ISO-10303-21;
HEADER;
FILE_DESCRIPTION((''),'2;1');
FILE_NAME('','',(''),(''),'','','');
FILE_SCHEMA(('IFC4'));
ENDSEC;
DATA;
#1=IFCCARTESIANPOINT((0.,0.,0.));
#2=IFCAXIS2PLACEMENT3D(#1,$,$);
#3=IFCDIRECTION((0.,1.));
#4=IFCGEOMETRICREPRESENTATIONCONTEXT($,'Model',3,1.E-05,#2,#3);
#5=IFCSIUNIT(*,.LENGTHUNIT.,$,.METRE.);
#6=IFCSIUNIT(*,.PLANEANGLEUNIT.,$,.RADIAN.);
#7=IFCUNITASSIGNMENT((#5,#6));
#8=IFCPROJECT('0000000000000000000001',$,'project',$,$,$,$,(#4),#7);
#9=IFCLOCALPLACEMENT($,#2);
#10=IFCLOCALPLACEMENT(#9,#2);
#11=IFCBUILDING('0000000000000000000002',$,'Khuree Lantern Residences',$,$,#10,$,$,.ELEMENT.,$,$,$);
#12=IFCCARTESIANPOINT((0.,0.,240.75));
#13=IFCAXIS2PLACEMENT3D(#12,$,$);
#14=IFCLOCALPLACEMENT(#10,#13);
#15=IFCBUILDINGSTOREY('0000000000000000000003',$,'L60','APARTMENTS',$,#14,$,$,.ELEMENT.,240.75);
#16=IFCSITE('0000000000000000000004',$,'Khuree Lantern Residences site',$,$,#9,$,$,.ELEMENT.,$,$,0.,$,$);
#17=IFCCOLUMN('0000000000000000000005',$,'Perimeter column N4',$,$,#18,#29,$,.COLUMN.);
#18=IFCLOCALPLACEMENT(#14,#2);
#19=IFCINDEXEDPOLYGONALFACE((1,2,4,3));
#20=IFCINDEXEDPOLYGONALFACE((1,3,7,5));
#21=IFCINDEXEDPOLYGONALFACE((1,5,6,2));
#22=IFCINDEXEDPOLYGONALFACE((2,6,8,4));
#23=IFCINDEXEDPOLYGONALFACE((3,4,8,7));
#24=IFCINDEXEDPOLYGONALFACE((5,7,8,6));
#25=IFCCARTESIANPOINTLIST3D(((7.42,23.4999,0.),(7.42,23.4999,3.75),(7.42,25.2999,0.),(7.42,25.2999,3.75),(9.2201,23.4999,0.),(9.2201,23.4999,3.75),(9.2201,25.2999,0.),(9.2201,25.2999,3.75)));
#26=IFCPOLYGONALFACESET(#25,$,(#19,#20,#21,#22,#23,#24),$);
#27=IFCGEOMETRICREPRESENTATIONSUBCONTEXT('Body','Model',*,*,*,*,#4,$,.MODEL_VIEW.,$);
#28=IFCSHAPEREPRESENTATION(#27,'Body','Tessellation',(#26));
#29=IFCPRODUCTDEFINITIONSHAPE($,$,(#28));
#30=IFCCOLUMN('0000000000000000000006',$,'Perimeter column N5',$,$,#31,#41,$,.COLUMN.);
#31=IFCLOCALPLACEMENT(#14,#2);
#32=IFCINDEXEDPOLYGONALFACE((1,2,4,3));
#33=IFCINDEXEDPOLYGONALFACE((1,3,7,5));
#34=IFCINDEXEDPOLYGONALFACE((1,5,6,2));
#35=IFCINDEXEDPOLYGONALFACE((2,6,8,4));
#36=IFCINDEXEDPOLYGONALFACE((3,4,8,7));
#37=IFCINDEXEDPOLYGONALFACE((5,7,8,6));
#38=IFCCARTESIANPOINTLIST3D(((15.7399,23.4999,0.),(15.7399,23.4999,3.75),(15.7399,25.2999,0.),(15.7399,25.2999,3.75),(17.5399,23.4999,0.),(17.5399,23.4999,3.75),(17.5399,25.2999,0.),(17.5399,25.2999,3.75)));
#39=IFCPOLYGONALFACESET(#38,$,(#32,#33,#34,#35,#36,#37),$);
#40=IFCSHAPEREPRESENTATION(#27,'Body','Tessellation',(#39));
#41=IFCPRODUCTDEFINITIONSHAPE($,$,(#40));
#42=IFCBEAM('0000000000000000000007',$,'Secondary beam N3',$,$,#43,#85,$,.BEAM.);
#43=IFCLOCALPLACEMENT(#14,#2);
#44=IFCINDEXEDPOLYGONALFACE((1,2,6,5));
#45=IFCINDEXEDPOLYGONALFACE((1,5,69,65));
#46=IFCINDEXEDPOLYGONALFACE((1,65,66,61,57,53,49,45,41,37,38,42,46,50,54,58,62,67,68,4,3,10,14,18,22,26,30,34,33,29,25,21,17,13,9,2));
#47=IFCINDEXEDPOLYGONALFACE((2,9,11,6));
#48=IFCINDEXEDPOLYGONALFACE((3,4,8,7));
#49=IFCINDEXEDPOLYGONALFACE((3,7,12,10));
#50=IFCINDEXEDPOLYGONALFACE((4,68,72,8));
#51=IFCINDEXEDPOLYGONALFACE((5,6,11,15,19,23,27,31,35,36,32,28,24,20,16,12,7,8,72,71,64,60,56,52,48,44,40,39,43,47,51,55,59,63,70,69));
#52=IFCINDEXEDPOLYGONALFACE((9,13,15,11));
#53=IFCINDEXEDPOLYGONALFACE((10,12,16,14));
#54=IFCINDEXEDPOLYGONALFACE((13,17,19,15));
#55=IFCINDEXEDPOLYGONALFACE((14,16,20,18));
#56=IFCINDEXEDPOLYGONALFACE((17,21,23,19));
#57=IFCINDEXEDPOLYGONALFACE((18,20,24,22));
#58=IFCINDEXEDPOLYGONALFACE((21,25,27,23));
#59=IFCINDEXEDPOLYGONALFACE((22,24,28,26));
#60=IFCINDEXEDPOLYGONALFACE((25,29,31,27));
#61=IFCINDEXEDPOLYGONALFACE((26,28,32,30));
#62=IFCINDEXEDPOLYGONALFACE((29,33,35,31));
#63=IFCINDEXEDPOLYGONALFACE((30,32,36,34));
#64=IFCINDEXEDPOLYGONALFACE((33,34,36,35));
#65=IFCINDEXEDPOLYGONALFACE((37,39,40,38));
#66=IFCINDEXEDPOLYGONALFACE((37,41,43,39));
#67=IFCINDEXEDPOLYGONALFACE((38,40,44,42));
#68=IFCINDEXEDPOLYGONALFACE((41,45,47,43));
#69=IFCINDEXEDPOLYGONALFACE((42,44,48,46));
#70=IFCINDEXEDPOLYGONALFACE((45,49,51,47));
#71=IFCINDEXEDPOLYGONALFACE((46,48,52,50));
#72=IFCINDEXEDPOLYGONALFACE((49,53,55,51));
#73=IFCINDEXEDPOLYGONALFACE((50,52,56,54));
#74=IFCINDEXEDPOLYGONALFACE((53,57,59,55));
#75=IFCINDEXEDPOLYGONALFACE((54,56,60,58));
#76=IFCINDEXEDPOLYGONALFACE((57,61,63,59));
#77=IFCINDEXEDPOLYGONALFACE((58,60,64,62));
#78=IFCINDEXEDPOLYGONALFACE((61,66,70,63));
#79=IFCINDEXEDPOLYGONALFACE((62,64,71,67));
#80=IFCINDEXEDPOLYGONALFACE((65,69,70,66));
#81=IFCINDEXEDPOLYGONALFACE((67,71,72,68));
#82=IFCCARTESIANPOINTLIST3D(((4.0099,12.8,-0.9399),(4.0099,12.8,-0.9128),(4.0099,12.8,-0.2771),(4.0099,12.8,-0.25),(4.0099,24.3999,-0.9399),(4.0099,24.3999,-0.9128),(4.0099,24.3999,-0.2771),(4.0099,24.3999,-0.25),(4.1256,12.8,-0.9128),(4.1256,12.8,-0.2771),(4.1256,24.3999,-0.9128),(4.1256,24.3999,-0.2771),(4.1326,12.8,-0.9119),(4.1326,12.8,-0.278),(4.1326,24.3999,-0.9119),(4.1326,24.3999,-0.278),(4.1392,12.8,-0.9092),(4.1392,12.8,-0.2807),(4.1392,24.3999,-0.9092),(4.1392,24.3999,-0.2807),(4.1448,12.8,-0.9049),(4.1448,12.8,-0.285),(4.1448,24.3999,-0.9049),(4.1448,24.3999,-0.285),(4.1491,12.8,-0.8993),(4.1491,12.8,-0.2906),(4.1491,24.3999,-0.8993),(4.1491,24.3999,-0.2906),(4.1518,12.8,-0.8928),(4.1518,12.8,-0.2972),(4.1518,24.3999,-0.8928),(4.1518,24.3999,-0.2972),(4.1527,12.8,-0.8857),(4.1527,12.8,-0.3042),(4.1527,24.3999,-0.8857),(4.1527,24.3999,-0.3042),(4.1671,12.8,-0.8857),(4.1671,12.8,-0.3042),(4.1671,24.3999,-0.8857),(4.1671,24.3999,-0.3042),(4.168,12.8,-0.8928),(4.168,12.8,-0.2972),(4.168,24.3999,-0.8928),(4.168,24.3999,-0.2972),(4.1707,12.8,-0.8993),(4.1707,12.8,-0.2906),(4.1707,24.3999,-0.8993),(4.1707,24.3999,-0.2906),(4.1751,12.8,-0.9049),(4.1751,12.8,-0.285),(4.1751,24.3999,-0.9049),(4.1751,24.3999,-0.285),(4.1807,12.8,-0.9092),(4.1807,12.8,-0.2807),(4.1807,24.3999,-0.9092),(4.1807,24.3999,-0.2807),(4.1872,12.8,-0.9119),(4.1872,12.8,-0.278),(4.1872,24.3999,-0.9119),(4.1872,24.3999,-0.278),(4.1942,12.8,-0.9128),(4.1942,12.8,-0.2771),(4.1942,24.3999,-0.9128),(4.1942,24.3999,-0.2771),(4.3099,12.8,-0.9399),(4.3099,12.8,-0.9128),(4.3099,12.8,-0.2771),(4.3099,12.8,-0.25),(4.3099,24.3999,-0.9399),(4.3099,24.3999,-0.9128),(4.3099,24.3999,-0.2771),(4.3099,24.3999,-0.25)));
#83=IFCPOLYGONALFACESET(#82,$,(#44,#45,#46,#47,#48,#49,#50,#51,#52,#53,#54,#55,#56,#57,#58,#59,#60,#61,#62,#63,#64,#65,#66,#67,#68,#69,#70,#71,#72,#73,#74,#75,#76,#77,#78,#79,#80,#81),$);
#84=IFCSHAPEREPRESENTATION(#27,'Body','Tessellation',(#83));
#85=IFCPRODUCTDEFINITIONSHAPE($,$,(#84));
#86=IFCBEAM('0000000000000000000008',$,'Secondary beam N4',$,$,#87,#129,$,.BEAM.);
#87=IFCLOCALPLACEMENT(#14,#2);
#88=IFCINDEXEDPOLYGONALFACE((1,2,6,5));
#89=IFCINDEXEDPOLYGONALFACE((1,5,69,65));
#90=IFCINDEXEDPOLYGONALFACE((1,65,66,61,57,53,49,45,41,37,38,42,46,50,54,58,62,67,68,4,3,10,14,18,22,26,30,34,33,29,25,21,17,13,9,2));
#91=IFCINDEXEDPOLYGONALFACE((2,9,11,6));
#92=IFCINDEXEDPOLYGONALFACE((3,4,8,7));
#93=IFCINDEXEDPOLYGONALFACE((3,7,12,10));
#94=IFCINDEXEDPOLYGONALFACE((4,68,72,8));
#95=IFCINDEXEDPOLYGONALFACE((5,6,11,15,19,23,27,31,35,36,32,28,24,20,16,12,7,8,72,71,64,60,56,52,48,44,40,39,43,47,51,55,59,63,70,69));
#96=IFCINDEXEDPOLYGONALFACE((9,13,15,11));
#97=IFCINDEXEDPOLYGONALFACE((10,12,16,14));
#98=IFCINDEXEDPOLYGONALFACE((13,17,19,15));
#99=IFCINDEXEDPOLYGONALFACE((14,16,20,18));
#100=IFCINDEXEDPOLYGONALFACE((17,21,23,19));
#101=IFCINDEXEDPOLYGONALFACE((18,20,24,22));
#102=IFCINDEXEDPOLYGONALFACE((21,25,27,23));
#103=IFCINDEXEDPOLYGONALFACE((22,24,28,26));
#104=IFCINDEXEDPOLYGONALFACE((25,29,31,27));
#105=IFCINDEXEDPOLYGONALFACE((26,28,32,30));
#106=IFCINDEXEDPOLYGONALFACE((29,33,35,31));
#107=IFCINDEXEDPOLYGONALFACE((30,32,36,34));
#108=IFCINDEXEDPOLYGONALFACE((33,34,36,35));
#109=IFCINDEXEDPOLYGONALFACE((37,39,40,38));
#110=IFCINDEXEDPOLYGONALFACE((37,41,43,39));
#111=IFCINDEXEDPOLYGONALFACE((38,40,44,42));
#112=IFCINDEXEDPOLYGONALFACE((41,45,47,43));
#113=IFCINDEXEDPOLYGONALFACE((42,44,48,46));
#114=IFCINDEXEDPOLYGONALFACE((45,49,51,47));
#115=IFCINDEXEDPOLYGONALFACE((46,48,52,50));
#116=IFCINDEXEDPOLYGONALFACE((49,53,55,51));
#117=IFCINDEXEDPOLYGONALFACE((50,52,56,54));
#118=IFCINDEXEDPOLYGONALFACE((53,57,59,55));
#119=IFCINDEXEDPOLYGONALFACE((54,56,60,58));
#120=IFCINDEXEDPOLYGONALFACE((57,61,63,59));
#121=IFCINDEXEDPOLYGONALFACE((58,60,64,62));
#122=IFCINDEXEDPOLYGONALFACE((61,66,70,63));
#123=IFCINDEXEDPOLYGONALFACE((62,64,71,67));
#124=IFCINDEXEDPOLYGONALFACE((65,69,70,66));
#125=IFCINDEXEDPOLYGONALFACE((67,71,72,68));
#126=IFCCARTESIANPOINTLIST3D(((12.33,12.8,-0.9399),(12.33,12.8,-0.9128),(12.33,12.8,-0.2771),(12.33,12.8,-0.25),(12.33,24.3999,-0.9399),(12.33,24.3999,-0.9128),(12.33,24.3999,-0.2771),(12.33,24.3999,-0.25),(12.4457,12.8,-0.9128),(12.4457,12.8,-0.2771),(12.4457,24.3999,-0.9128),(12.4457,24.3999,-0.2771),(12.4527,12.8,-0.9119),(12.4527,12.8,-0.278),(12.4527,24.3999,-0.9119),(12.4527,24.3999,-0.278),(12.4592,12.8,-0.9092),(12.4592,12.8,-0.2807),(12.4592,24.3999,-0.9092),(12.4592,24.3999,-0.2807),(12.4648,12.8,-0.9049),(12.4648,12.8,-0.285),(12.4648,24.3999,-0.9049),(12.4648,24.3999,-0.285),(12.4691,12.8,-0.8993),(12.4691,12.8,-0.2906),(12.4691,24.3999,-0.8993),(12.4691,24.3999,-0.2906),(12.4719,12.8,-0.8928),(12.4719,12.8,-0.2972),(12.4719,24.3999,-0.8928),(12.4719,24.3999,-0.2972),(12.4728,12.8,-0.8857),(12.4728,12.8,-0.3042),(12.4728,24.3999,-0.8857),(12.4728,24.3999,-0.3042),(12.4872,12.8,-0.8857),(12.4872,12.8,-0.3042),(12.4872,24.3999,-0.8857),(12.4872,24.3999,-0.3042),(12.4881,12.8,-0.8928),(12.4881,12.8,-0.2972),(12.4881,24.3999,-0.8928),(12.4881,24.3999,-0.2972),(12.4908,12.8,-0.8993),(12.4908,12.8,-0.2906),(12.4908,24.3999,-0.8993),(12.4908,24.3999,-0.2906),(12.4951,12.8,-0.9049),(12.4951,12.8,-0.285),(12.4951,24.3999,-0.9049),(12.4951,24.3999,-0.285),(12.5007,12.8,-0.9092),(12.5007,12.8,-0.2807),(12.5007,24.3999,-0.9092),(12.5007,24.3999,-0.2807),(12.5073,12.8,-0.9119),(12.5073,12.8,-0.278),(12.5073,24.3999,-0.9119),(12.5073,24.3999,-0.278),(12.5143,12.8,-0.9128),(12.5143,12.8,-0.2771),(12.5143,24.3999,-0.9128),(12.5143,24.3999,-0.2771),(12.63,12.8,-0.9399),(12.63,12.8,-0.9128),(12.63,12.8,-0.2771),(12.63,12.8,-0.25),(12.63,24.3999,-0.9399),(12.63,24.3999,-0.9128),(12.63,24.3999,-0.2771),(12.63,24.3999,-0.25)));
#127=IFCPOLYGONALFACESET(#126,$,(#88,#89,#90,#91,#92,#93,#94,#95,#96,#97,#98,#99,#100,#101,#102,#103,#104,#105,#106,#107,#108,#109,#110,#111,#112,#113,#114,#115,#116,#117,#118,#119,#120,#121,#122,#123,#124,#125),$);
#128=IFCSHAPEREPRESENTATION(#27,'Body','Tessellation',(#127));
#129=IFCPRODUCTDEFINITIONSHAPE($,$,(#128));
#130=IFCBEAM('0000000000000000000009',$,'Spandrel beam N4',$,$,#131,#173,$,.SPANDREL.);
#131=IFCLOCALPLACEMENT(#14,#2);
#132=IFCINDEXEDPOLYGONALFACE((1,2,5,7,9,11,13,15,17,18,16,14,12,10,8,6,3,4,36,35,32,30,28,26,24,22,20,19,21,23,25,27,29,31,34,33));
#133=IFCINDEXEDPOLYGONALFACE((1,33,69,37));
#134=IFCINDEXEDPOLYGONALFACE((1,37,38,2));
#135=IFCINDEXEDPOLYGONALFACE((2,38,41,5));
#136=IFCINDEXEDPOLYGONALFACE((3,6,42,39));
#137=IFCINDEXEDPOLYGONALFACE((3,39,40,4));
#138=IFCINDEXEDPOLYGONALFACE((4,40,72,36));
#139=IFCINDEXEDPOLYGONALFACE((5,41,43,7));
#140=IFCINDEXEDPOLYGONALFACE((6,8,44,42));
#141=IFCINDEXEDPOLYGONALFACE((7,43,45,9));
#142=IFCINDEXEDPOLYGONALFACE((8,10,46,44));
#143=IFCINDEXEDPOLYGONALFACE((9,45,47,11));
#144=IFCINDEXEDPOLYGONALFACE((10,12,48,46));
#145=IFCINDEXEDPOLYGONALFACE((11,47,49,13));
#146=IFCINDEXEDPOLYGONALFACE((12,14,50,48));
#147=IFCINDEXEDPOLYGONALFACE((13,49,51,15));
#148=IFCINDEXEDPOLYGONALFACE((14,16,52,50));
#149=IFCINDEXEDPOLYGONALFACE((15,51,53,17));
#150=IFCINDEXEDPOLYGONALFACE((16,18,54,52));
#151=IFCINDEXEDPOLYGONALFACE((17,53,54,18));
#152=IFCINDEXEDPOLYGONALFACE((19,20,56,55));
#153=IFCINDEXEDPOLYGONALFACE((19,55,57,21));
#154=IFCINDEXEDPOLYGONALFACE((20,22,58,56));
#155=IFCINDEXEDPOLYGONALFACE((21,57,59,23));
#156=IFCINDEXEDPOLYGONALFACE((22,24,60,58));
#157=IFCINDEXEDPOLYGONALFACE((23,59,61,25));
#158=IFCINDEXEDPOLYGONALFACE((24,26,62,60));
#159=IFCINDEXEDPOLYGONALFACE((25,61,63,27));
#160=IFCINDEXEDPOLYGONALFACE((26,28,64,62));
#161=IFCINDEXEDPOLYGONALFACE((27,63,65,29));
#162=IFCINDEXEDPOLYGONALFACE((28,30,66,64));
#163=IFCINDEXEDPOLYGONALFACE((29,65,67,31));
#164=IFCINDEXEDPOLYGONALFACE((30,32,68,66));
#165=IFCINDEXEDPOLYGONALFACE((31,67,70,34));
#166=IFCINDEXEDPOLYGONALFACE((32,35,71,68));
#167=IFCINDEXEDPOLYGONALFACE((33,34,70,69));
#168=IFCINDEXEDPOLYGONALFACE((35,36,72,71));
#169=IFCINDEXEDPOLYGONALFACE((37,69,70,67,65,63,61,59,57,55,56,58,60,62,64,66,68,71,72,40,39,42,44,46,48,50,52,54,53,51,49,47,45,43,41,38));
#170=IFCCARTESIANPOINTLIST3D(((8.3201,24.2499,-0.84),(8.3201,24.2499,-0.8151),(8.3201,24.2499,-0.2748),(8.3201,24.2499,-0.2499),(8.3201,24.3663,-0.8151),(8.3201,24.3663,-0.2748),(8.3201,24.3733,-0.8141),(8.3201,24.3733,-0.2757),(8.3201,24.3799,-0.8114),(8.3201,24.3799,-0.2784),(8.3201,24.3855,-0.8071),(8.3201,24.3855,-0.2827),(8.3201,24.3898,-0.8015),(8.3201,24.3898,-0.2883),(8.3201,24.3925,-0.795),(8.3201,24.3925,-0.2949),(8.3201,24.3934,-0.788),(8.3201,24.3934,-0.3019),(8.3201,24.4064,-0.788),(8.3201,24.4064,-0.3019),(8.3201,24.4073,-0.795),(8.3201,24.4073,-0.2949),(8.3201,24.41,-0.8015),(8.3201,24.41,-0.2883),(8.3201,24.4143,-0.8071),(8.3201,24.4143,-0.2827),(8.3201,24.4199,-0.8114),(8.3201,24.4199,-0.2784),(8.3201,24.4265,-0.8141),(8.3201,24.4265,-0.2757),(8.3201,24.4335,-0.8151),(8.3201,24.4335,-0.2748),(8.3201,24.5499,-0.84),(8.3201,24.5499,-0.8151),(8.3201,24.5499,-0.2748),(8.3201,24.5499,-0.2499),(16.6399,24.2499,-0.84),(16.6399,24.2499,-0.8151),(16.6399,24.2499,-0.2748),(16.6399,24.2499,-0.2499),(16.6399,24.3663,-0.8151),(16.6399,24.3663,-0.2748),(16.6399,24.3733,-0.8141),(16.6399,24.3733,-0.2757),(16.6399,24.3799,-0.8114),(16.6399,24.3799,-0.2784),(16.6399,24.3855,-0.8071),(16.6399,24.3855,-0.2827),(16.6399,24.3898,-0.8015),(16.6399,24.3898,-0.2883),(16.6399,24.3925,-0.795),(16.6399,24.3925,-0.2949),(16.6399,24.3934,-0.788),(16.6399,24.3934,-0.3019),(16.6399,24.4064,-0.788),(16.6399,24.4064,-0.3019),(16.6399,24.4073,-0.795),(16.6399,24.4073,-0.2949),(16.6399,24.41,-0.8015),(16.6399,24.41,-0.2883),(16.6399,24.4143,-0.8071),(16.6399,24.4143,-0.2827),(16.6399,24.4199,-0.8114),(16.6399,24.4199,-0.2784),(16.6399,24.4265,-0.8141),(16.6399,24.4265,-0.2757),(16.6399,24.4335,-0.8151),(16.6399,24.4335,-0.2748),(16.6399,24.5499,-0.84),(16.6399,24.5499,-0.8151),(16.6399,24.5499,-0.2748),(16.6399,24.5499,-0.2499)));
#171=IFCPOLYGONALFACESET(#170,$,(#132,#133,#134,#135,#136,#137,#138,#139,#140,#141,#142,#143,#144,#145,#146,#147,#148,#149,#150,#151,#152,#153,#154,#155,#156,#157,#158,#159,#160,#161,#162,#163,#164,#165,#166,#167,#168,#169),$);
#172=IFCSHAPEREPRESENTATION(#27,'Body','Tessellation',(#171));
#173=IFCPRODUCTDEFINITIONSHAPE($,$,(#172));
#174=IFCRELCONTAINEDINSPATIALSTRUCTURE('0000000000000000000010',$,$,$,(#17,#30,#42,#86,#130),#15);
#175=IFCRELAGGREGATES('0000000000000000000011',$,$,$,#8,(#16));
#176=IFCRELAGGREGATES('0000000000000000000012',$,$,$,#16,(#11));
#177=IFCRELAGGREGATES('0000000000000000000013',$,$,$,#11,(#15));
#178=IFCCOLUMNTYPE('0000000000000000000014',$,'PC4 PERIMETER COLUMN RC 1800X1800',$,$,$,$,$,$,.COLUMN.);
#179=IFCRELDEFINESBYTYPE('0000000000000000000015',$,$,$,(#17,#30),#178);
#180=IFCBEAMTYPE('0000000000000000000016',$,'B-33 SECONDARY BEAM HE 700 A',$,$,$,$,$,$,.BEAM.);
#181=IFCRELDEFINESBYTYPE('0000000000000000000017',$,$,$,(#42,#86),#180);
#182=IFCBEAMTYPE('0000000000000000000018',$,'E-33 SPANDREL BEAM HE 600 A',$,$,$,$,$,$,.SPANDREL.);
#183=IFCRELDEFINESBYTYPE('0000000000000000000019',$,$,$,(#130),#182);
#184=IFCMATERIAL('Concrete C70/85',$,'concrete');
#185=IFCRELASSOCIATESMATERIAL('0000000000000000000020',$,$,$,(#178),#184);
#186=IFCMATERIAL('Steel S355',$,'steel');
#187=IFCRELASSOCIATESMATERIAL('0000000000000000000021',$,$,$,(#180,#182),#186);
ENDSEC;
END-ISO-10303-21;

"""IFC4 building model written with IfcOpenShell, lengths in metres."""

from ifc_helpers import new_model, si_unit, direction, frame, origin, origin_2d, place, context, subcontext, project, spatial, rectangle, i_section, extrude, material, material_profile, profile_set, type_object, element, save


model = new_model("IFC4")

# Units and contexts
model_context = context("Model", 3, precision=1e-05, world=origin(), true_north=direction((0.0, 1.0)))
body_context = subcontext(model_context, "Body", "Model", "MODEL_VIEW")
ifc_project = project(units=[si_unit("LENGTHUNIT", "METRE"), si_unit("PLANEANGLEUNIT", "RADIAN")], contexts=[model_context])

# Site, building, storey
site_placement = place(None, origin())
site = spatial("IfcSite", under=ifc_project, at=site_placement, Name="Khuree Lantern Residences site", CompositionType="ELEMENT", RefElevation=0.0)
building_placement = place(site_placement, origin())
building = spatial("IfcBuilding", under=site, at=building_placement, Name="Khuree Lantern Residences", CompositionType="ELEMENT")
storey_placement = place(building_placement, frame((0.0, 0.0, 240.75)))
storey = spatial("IfcBuildingStorey", under=building, at=storey_placement, Name="L60", Description="APARTMENTS", CompositionType="ELEMENT", Elevation=240.75)

# Columns
ifc_material_1 = material(Name="Concrete C70/85", Category="concrete")
ifc_material_profile_1 = material_profile(ifc_material_1, rectangle(XDim=1.8, YDim=1.8, at=origin_2d()), Name="RC 1800X1800")
ifc_profile_set_1 = profile_set([ifc_material_profile_1], Name="Concrete C70/85")
column_type = type_object("IfcColumnType", Name="PC4 PERIMETER COLUMN RC 1800X1800", PredefinedType="COLUMN", material=ifc_profile_set_1)
for number, where, z_axis, x_axis, name in (
    (1, (8.3201, 24.3999, 0.0), (0.0, 0.0, 1.0), (1.0, 0.0, 0.0), "Perimeter column N4"),
    (2, (16.6399, 24.3999, 0.0), (0.0, 0.0, 1.0), (1.0, 0.0, 0.0), "Perimeter column N5"),
):
    element("IfcColumn", number, at=place(storey_placement, frame(where, z_axis=z_axis, x_axis=x_axis)), inside=storey, type_object=column_type, Name=name, PredefinedType="COLUMN", context=body_context, shape_type="SweptSolid", body=[
        extrude(rectangle(XDim=1.8, YDim=1.8, at=origin_2d()), origin(), (0.0, 0.0, 1.0), 3.75),
    ])

# Beams
ifc_material_2 = material(Name="Steel S355", Category="steel")
ifc_material_profile_2 = material_profile(ifc_material_2, i_section(OverallWidth=0.3, OverallDepth=0.6899, WebThickness=0.0144, FlangeThickness=0.0271, FilletRadius=0.0271, at=origin_2d()), Name="HE 700 A")
ifc_profile_set_2 = profile_set([ifc_material_profile_2], Name="Steel S355")
beam_type_1 = type_object("IfcBeamType", Name="B-33 SECONDARY BEAM HE 700 A", PredefinedType="BEAM", material=ifc_profile_set_2)
for number, where, z_axis, x_axis, name in (
    (3, (4.1599, 24.3999, -0.595), (0.0, -1.0, 0.0), (1.0, 0.0, 0.0), "Secondary beam N3"),
    (4, (12.48, 24.3999, -0.595), (0.0, -1.0, 0.0), (1.0, 0.0, 0.0), "Secondary beam N4"),
):
    element("IfcBeam", number, at=place(storey_placement, frame(where, z_axis=z_axis, x_axis=x_axis)), inside=storey, type_object=beam_type_1, Name=name, PredefinedType="BEAM", context=body_context, shape_type="SweptSolid", body=[
        extrude(i_section(OverallWidth=0.3, OverallDepth=0.6899, WebThickness=0.0144, FlangeThickness=0.0271, FilletRadius=0.0271, at=origin_2d()), origin(), (0.0, 0.0, 1.0), 11.5999),
    ])
ifc_material_profile_3 = material_profile(ifc_material_2, i_section(OverallWidth=0.3, OverallDepth=0.5901, WebThickness=0.0129, FlangeThickness=0.0249, FilletRadius=0.0271, at=origin_2d()), Name="HE 600 A")
ifc_profile_set_3 = profile_set([ifc_material_profile_3], Name="Steel S355")
beam_type_2 = type_object("IfcBeamType", Name="E-33 SPANDREL BEAM HE 600 A", PredefinedType="SPANDREL", material=ifc_profile_set_3)
beam_1_placement = place(storey_placement, frame((8.3201, 24.3999, -0.5449), z_axis=(1.0, 0.0, 0.0), x_axis=(0.0, 1.0, 0.0)))
element("IfcBeam", 5, at=beam_1_placement, inside=storey, type_object=beam_type_2, Name="Spandrel beam N4", PredefinedType="SPANDREL", context=body_context, shape_type="SweptSolid", body=[
    extrude(i_section(OverallWidth=0.3, OverallDepth=0.5901, WebThickness=0.0129, FlangeThickness=0.0249, FilletRadius=0.0271, at=origin_2d()), origin(), (0.0, 0.0, 1.0), 8.3198),
])

save(model, "model.ifc")
